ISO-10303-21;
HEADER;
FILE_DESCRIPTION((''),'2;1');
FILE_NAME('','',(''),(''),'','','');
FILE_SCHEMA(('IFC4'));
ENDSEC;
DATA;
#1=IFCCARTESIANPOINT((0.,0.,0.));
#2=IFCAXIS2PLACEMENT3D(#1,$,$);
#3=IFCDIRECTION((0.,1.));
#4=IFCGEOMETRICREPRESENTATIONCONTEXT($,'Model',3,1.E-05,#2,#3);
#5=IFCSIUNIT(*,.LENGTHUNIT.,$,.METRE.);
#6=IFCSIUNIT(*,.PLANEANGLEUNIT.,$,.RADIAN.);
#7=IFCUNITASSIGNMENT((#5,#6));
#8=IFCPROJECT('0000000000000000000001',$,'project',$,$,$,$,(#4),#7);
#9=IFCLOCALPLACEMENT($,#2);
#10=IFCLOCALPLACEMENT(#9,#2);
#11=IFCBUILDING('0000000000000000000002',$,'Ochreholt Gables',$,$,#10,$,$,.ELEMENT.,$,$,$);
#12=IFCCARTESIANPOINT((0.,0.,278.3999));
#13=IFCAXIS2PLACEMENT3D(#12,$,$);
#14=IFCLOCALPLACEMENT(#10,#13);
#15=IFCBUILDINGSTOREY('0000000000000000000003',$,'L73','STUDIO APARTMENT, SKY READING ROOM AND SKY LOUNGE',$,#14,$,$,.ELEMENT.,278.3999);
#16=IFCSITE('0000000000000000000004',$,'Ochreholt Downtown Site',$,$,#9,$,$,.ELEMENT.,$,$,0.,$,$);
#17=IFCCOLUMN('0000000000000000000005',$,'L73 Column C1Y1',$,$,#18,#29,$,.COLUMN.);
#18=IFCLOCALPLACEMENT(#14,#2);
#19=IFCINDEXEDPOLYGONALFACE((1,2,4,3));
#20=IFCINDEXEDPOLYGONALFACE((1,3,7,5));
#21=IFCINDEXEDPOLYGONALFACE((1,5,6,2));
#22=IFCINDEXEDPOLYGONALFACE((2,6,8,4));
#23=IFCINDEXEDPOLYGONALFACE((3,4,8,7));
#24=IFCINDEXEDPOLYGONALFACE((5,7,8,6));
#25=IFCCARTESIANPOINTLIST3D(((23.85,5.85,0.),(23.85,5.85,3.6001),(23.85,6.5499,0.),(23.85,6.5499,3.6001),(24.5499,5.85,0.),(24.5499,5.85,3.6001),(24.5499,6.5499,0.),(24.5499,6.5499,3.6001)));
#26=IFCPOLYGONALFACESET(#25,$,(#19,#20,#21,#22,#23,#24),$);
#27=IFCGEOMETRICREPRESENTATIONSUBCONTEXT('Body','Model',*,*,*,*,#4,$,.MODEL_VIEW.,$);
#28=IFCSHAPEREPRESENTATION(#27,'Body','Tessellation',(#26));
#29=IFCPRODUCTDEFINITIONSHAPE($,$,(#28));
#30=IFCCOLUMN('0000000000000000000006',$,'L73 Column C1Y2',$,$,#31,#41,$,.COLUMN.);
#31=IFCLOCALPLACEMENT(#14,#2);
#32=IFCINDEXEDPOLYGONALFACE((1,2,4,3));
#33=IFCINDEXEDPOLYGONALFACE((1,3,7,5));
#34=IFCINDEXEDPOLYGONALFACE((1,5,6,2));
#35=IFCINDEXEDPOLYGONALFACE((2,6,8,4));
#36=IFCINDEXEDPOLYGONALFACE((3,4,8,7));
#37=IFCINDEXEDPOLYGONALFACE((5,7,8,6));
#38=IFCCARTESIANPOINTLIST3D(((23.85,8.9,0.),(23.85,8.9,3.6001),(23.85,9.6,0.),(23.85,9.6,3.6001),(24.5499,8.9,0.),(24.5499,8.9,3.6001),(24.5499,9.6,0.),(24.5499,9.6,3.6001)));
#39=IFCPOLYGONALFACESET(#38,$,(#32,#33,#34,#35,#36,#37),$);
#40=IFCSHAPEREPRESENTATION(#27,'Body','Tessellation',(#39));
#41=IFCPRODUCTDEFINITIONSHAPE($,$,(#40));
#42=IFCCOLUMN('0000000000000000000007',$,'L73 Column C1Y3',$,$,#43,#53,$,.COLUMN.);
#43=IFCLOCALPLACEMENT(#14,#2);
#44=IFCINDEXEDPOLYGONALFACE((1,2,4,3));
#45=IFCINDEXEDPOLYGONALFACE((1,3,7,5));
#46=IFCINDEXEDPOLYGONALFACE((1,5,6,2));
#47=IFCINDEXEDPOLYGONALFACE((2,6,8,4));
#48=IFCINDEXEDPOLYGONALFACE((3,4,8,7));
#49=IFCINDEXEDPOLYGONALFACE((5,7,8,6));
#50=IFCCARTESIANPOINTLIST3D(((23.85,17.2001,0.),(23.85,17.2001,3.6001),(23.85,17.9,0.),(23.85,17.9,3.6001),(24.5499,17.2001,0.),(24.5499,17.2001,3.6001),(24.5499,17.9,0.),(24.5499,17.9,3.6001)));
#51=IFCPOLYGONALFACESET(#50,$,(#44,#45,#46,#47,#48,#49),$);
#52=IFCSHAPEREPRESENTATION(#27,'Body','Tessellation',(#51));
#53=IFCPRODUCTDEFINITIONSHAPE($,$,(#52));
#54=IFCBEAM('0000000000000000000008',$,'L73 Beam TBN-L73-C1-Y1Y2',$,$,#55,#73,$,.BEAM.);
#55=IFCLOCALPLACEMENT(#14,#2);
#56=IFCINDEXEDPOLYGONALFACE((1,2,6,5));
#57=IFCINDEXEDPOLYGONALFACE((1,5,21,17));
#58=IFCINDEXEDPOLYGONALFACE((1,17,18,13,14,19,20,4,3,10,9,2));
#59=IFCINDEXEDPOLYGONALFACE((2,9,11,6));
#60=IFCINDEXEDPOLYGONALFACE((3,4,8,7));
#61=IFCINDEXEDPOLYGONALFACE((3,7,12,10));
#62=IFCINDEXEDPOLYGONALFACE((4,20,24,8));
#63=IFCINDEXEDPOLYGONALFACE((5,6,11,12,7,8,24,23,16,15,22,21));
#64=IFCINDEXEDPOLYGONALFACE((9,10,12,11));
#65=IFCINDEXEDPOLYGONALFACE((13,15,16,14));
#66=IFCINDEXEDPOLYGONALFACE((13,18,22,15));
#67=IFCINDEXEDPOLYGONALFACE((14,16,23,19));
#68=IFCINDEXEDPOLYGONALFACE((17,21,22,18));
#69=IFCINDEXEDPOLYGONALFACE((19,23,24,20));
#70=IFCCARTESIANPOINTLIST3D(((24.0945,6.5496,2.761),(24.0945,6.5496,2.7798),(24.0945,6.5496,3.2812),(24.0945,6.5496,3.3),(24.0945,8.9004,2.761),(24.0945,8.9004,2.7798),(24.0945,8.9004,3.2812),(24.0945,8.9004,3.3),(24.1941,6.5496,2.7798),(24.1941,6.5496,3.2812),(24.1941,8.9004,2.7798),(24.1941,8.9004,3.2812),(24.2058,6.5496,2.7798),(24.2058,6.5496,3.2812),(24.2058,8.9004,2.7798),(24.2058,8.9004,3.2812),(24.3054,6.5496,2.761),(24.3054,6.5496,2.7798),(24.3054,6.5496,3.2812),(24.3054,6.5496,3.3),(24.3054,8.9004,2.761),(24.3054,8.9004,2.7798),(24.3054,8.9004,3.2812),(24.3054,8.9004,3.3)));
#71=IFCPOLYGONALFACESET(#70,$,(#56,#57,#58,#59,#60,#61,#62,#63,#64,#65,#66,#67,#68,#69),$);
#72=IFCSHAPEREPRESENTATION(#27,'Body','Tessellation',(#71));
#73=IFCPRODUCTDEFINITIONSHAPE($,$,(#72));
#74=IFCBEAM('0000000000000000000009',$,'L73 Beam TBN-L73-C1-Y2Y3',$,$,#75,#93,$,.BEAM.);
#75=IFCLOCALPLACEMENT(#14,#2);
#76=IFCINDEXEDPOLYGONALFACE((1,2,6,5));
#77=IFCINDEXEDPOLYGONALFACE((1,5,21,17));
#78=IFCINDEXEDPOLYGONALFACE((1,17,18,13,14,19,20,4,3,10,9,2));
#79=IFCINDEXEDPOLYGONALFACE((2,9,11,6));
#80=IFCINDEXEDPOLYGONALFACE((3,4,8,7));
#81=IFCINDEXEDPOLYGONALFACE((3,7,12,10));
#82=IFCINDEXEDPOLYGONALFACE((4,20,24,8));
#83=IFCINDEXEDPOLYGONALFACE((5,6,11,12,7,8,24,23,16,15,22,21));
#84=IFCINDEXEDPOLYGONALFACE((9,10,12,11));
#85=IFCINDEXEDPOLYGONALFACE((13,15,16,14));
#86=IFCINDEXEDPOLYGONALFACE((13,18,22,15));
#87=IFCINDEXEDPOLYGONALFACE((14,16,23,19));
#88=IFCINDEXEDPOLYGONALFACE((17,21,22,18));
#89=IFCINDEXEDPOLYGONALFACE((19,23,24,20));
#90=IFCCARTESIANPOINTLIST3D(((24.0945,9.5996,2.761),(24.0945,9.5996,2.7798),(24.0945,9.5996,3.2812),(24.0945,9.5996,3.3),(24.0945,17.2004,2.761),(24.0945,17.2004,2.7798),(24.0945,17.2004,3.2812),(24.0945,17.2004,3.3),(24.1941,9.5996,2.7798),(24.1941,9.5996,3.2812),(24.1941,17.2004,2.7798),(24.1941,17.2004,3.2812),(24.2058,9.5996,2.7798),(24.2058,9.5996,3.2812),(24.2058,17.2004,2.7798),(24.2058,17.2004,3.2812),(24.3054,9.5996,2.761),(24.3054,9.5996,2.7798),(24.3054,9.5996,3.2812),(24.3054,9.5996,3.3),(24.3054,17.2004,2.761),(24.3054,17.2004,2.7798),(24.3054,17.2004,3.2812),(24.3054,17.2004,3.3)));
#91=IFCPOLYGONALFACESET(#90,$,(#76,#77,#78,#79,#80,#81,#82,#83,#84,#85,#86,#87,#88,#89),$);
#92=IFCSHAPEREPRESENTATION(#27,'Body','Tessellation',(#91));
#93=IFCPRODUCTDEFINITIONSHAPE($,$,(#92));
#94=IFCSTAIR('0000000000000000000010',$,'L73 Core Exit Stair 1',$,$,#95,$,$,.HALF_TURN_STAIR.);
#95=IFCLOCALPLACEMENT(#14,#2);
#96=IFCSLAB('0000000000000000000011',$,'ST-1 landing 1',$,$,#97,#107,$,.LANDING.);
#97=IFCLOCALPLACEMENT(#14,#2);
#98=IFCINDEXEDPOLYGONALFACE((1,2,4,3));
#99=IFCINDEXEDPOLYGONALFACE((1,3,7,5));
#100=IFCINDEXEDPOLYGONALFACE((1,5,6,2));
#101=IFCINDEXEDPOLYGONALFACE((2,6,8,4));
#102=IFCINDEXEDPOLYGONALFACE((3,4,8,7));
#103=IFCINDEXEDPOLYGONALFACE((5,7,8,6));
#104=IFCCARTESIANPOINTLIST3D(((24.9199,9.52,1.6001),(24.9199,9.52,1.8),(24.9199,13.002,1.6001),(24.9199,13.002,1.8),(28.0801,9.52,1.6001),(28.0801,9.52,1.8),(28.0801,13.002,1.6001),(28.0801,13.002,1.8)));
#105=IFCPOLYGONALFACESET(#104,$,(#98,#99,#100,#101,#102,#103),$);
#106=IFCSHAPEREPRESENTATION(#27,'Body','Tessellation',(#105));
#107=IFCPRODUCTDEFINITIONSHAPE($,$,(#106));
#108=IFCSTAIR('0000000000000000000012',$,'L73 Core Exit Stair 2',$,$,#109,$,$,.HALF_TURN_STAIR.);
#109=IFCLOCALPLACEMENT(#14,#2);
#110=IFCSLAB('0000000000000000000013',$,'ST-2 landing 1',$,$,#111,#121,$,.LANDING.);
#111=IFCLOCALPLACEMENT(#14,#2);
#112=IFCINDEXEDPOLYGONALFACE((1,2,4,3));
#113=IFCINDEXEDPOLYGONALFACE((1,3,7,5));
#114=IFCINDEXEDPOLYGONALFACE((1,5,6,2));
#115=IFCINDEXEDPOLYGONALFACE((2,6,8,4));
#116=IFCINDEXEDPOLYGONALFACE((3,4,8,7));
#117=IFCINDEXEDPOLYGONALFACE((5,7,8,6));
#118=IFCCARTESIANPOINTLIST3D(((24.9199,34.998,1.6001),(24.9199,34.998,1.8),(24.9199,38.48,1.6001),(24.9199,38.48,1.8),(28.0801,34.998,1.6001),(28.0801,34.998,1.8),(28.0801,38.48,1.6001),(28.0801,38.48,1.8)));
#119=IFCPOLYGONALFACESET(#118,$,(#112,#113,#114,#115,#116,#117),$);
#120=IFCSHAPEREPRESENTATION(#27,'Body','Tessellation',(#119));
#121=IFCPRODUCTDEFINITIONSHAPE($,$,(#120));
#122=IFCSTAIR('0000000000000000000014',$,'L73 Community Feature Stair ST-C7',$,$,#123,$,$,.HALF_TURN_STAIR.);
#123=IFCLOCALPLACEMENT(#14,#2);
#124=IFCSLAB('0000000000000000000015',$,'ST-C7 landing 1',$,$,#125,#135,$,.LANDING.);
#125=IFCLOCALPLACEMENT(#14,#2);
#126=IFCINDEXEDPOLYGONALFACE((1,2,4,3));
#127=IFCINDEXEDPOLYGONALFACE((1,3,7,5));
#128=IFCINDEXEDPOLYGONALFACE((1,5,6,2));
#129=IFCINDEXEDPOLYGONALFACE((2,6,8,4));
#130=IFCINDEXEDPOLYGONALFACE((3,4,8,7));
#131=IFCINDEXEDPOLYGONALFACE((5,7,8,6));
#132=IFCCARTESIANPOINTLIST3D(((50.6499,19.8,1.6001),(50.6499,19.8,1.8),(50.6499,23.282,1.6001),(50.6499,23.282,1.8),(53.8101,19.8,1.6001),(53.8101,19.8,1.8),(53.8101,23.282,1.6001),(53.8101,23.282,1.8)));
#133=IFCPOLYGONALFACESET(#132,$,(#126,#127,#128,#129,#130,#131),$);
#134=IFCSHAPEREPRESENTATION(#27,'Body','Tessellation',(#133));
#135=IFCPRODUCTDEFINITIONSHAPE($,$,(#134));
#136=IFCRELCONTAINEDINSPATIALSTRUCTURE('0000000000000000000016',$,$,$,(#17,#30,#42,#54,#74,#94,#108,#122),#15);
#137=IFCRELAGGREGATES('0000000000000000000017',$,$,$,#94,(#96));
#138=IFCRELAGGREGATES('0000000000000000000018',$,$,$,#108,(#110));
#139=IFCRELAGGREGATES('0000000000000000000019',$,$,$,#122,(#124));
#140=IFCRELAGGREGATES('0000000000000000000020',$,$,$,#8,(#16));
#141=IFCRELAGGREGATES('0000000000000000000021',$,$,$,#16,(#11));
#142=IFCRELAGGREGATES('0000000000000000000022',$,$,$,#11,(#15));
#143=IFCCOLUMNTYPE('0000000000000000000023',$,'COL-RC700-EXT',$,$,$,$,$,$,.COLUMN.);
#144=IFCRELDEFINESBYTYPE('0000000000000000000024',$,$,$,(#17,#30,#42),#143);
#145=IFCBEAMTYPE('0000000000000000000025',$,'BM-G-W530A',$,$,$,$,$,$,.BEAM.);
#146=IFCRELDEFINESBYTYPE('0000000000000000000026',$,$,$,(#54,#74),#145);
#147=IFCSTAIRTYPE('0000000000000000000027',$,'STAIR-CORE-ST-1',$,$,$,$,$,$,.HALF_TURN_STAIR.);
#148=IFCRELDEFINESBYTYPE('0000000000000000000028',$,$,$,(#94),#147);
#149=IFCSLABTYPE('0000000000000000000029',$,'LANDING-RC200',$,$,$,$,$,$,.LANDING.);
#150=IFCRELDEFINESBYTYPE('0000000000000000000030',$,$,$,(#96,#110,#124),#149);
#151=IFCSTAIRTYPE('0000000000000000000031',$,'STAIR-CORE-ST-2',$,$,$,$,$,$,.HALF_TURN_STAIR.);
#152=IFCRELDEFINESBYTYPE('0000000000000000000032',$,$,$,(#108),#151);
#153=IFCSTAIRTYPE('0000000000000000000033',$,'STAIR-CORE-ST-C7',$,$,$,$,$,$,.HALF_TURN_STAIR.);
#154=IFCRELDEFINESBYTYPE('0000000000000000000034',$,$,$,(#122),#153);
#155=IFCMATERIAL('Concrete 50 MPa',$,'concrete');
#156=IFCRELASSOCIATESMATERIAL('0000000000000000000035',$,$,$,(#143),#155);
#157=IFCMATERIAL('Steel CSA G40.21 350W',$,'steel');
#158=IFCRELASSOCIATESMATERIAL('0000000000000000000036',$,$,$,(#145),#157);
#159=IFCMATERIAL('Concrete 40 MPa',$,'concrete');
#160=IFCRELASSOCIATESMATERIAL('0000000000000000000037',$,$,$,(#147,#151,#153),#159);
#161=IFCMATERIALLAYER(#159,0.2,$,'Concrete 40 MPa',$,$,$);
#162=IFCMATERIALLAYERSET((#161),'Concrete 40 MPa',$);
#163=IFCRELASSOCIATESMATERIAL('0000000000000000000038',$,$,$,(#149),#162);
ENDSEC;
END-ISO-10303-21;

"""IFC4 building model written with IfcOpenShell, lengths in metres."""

from ifc_helpers import new_model, si_unit, direction, frame, origin, origin_2d, place, context, subcontext, project, spatial, polyline, rectangle, i_section, outline, extrude, material, layer, layer_set, material_profile, profile_set, type_object, element, aggregate, save


model = new_model("IFC4")

# Units and contexts
model_context = context("Model", 3, precision=1e-05, world=origin(), true_north=direction((0.0, 1.0)))
body_context = subcontext(model_context, "Body", "Model", "MODEL_VIEW")
ifc_project = project(units=[si_unit("LENGTHUNIT", "METRE"), si_unit("PLANEANGLEUNIT", "RADIAN")], contexts=[model_context])

# Site, building, storey
site_placement = place(None, origin())
site = spatial("IfcSite", under=ifc_project, at=site_placement, Name="Ochreholt Downtown Site", CompositionType="ELEMENT", RefElevation=0.0)
building_placement = place(site_placement, origin())
building = spatial("IfcBuilding", under=site, at=building_placement, Name="Ochreholt Gables", CompositionType="ELEMENT")
storey_placement = place(building_placement, frame((0.0, 0.0, 278.3999)))
storey = spatial("IfcBuildingStorey", under=building, at=storey_placement, Name="L73", Description="STUDIO APARTMENT, SKY READING ROOM AND SKY LOUNGE", CompositionType="ELEMENT", Elevation=278.3999)

# Columns
ifc_material_1 = material(Name="Concrete 50 MPa", Category="concrete")
ifc_material_profile_1 = material_profile(ifc_material_1, rectangle(XDim=0.7, YDim=0.7, at=origin_2d()), Name="RC700X700")
ifc_profile_set_1 = profile_set([ifc_material_profile_1], Name="Concrete 50 MPa")
column_type = type_object("IfcColumnType", Name="COL-RC700-EXT", PredefinedType="COLUMN", material=ifc_profile_set_1)
for number, where, z_axis, x_axis, name in (
    (1, (24.2, 6.2, 0.0), (0.0, 0.0, 1.0), (1.0, 0.0, 0.0), "L73 Column C1Y1"),
    (2, (24.2, 9.25, 0.0), (0.0, 0.0, 1.0), (1.0, 0.0, 0.0), "L73 Column C1Y2"),
    (3, (24.2, 17.55, 0.0), (0.0, 0.0, 1.0), (1.0, 0.0, 0.0), "L73 Column C1Y3"),
):
    element("IfcColumn", number, at=place(storey_placement, frame(where, z_axis=z_axis, x_axis=x_axis)), inside=storey, type_object=column_type, Name=name, PredefinedType="COLUMN", context=body_context, shape_type="SweptSolid", body=[
        extrude(rectangle(XDim=0.7, YDim=0.7, at=origin_2d()), origin(), (0.0, 0.0, 1.0), 3.6001),
    ])

# Beams
ifc_material_2 = material(Name="Steel CSA G40.21 350W", Category="steel")
ifc_material_profile_2 = material_profile(ifc_material_2, i_section(OverallWidth=0.2109, OverallDepth=0.5391, WebThickness=0.0117, FlangeThickness=0.0188, at=origin_2d()), Name="W530X109")
ifc_profile_set_2 = profile_set([ifc_material_profile_2], Name="Steel CSA G40.21 350W")
beam_type = type_object("IfcBeamType", Name="BM-G-W530A", PredefinedType="BEAM", material=ifc_profile_set_2)
beam_1_placement = place(storey_placement, frame((24.2, 6.5496, 3.0305), z_axis=(0.0, 1.0, 0.0), x_axis=(-1.0, 0.0, 0.0)))
element("IfcBeam", 4, at=beam_1_placement, inside=storey, type_object=beam_type, Name="L73 Beam TBN-L73-C1-Y1Y2", PredefinedType="BEAM", context=body_context, shape_type="SweptSolid", body=[
    extrude(i_section(OverallWidth=0.2109, OverallDepth=0.5391, WebThickness=0.0117, FlangeThickness=0.0188, at=origin_2d()), origin(), (0.0, 0.0, 1.0), 2.3508),
])
beam_2_placement = place(storey_placement, frame((24.2, 9.5996, 3.0305), z_axis=(0.0, 1.0, 0.0), x_axis=(-1.0, 0.0, 0.0)))
element("IfcBeam", 5, at=beam_2_placement, inside=storey, type_object=beam_type, Name="L73 Beam TBN-L73-C1-Y2Y3", PredefinedType="BEAM", context=body_context, shape_type="SweptSolid", body=[
    extrude(i_section(OverallWidth=0.2109, OverallDepth=0.5391, WebThickness=0.0117, FlangeThickness=0.0188, at=origin_2d()), origin(), (0.0, 0.0, 1.0), 7.6008),
])

# Stairs, slabs
ifc_material_3 = material(Name="Concrete 40 MPa", Category="concrete")
stair_type_1 = type_object("IfcStairType", Name="STAIR-CORE-ST-1", PredefinedType="HALF_TURN_STAIR", material=ifc_material_3)
stair_1_placement = place(storey_placement, origin())
stair_1 = element("IfcStair", 6, at=stair_1_placement, inside=storey, type_object=stair_type_1, Name="L73 Core Exit Stair 1", PredefinedType="HALF_TURN_STAIR")
ifc_layer_1 = layer(ifc_material_3, 0.2, Name="Concrete 40 MPa")
ifc_layer_set_1 = layer_set([ifc_layer_1], Name="Concrete 40 MPa")
slab_type_1 = type_object("IfcSlabType", Name="LANDING-RC200", PredefinedType="LANDING", material=ifc_layer_set_1)
slab_1_placement = place(storey_placement, frame((0.0, 0.0, 1.6001)))
slab_1 = element("IfcSlab", 7, at=slab_1_placement, type_object=slab_type_1, Name="ST-1 landing 1", PredefinedType="LANDING", context=body_context, shape_type="SweptSolid", body=[
    extrude(outline(polyline([(24.9199, 13.002), (24.9199, 9.52), (28.0801, 9.52), (28.0801, 13.002), (24.9199, 13.002)])), origin(), (0.0, 0.0, 1.0), 0.2),
])
aggregate(stair_1, [slab_1])
stair_type_2 = type_object("IfcStairType", Name="STAIR-CORE-ST-2", PredefinedType="HALF_TURN_STAIR", material=ifc_material_3)
stair_2_placement = place(storey_placement, origin())
stair_2 = element("IfcStair", 8, at=stair_2_placement, inside=storey, type_object=stair_type_2, Name="L73 Core Exit Stair 2", PredefinedType="HALF_TURN_STAIR")
slab_2_placement = place(storey_placement, frame((0.0, 0.0, 1.6001)))
slab_2 = element("IfcSlab", 9, at=slab_2_placement, type_object=slab_type_1, Name="ST-2 landing 1", PredefinedType="LANDING", context=body_context, shape_type="SweptSolid", body=[
    extrude(outline(polyline([(28.0801, 34.998), (28.0801, 38.48), (24.9199, 38.48), (24.9199, 34.998), (28.0801, 34.998)])), origin(), (0.0, 0.0, 1.0), 0.2),
])
aggregate(stair_2, [slab_2])
stair_type_3 = type_object("IfcStairType", Name="STAIR-CORE-ST-C7", PredefinedType="HALF_TURN_STAIR", material=ifc_material_3)
stair_3_placement = place(storey_placement, origin())
stair_3 = element("IfcStair", 10, at=stair_3_placement, inside=storey, type_object=stair_type_3, Name="L73 Community Feature Stair ST-C7", PredefinedType="HALF_TURN_STAIR")
slab_3_placement = place(storey_placement, frame((0.0, 0.0, 1.6001)))
slab_3 = element("IfcSlab", 11, at=slab_3_placement, type_object=slab_type_1, Name="ST-C7 landing 1", PredefinedType="LANDING", context=body_context, shape_type="SweptSolid", body=[
    extrude(outline(polyline([(50.6499, 23.282), (50.6499, 19.8), (53.8101, 19.8), (53.8101, 23.282), (50.6499, 23.282)])), origin(), (0.0, 0.0, 1.0), 0.2),
])
aggregate(stair_3, [slab_3])

save(model, "model.ifc")
